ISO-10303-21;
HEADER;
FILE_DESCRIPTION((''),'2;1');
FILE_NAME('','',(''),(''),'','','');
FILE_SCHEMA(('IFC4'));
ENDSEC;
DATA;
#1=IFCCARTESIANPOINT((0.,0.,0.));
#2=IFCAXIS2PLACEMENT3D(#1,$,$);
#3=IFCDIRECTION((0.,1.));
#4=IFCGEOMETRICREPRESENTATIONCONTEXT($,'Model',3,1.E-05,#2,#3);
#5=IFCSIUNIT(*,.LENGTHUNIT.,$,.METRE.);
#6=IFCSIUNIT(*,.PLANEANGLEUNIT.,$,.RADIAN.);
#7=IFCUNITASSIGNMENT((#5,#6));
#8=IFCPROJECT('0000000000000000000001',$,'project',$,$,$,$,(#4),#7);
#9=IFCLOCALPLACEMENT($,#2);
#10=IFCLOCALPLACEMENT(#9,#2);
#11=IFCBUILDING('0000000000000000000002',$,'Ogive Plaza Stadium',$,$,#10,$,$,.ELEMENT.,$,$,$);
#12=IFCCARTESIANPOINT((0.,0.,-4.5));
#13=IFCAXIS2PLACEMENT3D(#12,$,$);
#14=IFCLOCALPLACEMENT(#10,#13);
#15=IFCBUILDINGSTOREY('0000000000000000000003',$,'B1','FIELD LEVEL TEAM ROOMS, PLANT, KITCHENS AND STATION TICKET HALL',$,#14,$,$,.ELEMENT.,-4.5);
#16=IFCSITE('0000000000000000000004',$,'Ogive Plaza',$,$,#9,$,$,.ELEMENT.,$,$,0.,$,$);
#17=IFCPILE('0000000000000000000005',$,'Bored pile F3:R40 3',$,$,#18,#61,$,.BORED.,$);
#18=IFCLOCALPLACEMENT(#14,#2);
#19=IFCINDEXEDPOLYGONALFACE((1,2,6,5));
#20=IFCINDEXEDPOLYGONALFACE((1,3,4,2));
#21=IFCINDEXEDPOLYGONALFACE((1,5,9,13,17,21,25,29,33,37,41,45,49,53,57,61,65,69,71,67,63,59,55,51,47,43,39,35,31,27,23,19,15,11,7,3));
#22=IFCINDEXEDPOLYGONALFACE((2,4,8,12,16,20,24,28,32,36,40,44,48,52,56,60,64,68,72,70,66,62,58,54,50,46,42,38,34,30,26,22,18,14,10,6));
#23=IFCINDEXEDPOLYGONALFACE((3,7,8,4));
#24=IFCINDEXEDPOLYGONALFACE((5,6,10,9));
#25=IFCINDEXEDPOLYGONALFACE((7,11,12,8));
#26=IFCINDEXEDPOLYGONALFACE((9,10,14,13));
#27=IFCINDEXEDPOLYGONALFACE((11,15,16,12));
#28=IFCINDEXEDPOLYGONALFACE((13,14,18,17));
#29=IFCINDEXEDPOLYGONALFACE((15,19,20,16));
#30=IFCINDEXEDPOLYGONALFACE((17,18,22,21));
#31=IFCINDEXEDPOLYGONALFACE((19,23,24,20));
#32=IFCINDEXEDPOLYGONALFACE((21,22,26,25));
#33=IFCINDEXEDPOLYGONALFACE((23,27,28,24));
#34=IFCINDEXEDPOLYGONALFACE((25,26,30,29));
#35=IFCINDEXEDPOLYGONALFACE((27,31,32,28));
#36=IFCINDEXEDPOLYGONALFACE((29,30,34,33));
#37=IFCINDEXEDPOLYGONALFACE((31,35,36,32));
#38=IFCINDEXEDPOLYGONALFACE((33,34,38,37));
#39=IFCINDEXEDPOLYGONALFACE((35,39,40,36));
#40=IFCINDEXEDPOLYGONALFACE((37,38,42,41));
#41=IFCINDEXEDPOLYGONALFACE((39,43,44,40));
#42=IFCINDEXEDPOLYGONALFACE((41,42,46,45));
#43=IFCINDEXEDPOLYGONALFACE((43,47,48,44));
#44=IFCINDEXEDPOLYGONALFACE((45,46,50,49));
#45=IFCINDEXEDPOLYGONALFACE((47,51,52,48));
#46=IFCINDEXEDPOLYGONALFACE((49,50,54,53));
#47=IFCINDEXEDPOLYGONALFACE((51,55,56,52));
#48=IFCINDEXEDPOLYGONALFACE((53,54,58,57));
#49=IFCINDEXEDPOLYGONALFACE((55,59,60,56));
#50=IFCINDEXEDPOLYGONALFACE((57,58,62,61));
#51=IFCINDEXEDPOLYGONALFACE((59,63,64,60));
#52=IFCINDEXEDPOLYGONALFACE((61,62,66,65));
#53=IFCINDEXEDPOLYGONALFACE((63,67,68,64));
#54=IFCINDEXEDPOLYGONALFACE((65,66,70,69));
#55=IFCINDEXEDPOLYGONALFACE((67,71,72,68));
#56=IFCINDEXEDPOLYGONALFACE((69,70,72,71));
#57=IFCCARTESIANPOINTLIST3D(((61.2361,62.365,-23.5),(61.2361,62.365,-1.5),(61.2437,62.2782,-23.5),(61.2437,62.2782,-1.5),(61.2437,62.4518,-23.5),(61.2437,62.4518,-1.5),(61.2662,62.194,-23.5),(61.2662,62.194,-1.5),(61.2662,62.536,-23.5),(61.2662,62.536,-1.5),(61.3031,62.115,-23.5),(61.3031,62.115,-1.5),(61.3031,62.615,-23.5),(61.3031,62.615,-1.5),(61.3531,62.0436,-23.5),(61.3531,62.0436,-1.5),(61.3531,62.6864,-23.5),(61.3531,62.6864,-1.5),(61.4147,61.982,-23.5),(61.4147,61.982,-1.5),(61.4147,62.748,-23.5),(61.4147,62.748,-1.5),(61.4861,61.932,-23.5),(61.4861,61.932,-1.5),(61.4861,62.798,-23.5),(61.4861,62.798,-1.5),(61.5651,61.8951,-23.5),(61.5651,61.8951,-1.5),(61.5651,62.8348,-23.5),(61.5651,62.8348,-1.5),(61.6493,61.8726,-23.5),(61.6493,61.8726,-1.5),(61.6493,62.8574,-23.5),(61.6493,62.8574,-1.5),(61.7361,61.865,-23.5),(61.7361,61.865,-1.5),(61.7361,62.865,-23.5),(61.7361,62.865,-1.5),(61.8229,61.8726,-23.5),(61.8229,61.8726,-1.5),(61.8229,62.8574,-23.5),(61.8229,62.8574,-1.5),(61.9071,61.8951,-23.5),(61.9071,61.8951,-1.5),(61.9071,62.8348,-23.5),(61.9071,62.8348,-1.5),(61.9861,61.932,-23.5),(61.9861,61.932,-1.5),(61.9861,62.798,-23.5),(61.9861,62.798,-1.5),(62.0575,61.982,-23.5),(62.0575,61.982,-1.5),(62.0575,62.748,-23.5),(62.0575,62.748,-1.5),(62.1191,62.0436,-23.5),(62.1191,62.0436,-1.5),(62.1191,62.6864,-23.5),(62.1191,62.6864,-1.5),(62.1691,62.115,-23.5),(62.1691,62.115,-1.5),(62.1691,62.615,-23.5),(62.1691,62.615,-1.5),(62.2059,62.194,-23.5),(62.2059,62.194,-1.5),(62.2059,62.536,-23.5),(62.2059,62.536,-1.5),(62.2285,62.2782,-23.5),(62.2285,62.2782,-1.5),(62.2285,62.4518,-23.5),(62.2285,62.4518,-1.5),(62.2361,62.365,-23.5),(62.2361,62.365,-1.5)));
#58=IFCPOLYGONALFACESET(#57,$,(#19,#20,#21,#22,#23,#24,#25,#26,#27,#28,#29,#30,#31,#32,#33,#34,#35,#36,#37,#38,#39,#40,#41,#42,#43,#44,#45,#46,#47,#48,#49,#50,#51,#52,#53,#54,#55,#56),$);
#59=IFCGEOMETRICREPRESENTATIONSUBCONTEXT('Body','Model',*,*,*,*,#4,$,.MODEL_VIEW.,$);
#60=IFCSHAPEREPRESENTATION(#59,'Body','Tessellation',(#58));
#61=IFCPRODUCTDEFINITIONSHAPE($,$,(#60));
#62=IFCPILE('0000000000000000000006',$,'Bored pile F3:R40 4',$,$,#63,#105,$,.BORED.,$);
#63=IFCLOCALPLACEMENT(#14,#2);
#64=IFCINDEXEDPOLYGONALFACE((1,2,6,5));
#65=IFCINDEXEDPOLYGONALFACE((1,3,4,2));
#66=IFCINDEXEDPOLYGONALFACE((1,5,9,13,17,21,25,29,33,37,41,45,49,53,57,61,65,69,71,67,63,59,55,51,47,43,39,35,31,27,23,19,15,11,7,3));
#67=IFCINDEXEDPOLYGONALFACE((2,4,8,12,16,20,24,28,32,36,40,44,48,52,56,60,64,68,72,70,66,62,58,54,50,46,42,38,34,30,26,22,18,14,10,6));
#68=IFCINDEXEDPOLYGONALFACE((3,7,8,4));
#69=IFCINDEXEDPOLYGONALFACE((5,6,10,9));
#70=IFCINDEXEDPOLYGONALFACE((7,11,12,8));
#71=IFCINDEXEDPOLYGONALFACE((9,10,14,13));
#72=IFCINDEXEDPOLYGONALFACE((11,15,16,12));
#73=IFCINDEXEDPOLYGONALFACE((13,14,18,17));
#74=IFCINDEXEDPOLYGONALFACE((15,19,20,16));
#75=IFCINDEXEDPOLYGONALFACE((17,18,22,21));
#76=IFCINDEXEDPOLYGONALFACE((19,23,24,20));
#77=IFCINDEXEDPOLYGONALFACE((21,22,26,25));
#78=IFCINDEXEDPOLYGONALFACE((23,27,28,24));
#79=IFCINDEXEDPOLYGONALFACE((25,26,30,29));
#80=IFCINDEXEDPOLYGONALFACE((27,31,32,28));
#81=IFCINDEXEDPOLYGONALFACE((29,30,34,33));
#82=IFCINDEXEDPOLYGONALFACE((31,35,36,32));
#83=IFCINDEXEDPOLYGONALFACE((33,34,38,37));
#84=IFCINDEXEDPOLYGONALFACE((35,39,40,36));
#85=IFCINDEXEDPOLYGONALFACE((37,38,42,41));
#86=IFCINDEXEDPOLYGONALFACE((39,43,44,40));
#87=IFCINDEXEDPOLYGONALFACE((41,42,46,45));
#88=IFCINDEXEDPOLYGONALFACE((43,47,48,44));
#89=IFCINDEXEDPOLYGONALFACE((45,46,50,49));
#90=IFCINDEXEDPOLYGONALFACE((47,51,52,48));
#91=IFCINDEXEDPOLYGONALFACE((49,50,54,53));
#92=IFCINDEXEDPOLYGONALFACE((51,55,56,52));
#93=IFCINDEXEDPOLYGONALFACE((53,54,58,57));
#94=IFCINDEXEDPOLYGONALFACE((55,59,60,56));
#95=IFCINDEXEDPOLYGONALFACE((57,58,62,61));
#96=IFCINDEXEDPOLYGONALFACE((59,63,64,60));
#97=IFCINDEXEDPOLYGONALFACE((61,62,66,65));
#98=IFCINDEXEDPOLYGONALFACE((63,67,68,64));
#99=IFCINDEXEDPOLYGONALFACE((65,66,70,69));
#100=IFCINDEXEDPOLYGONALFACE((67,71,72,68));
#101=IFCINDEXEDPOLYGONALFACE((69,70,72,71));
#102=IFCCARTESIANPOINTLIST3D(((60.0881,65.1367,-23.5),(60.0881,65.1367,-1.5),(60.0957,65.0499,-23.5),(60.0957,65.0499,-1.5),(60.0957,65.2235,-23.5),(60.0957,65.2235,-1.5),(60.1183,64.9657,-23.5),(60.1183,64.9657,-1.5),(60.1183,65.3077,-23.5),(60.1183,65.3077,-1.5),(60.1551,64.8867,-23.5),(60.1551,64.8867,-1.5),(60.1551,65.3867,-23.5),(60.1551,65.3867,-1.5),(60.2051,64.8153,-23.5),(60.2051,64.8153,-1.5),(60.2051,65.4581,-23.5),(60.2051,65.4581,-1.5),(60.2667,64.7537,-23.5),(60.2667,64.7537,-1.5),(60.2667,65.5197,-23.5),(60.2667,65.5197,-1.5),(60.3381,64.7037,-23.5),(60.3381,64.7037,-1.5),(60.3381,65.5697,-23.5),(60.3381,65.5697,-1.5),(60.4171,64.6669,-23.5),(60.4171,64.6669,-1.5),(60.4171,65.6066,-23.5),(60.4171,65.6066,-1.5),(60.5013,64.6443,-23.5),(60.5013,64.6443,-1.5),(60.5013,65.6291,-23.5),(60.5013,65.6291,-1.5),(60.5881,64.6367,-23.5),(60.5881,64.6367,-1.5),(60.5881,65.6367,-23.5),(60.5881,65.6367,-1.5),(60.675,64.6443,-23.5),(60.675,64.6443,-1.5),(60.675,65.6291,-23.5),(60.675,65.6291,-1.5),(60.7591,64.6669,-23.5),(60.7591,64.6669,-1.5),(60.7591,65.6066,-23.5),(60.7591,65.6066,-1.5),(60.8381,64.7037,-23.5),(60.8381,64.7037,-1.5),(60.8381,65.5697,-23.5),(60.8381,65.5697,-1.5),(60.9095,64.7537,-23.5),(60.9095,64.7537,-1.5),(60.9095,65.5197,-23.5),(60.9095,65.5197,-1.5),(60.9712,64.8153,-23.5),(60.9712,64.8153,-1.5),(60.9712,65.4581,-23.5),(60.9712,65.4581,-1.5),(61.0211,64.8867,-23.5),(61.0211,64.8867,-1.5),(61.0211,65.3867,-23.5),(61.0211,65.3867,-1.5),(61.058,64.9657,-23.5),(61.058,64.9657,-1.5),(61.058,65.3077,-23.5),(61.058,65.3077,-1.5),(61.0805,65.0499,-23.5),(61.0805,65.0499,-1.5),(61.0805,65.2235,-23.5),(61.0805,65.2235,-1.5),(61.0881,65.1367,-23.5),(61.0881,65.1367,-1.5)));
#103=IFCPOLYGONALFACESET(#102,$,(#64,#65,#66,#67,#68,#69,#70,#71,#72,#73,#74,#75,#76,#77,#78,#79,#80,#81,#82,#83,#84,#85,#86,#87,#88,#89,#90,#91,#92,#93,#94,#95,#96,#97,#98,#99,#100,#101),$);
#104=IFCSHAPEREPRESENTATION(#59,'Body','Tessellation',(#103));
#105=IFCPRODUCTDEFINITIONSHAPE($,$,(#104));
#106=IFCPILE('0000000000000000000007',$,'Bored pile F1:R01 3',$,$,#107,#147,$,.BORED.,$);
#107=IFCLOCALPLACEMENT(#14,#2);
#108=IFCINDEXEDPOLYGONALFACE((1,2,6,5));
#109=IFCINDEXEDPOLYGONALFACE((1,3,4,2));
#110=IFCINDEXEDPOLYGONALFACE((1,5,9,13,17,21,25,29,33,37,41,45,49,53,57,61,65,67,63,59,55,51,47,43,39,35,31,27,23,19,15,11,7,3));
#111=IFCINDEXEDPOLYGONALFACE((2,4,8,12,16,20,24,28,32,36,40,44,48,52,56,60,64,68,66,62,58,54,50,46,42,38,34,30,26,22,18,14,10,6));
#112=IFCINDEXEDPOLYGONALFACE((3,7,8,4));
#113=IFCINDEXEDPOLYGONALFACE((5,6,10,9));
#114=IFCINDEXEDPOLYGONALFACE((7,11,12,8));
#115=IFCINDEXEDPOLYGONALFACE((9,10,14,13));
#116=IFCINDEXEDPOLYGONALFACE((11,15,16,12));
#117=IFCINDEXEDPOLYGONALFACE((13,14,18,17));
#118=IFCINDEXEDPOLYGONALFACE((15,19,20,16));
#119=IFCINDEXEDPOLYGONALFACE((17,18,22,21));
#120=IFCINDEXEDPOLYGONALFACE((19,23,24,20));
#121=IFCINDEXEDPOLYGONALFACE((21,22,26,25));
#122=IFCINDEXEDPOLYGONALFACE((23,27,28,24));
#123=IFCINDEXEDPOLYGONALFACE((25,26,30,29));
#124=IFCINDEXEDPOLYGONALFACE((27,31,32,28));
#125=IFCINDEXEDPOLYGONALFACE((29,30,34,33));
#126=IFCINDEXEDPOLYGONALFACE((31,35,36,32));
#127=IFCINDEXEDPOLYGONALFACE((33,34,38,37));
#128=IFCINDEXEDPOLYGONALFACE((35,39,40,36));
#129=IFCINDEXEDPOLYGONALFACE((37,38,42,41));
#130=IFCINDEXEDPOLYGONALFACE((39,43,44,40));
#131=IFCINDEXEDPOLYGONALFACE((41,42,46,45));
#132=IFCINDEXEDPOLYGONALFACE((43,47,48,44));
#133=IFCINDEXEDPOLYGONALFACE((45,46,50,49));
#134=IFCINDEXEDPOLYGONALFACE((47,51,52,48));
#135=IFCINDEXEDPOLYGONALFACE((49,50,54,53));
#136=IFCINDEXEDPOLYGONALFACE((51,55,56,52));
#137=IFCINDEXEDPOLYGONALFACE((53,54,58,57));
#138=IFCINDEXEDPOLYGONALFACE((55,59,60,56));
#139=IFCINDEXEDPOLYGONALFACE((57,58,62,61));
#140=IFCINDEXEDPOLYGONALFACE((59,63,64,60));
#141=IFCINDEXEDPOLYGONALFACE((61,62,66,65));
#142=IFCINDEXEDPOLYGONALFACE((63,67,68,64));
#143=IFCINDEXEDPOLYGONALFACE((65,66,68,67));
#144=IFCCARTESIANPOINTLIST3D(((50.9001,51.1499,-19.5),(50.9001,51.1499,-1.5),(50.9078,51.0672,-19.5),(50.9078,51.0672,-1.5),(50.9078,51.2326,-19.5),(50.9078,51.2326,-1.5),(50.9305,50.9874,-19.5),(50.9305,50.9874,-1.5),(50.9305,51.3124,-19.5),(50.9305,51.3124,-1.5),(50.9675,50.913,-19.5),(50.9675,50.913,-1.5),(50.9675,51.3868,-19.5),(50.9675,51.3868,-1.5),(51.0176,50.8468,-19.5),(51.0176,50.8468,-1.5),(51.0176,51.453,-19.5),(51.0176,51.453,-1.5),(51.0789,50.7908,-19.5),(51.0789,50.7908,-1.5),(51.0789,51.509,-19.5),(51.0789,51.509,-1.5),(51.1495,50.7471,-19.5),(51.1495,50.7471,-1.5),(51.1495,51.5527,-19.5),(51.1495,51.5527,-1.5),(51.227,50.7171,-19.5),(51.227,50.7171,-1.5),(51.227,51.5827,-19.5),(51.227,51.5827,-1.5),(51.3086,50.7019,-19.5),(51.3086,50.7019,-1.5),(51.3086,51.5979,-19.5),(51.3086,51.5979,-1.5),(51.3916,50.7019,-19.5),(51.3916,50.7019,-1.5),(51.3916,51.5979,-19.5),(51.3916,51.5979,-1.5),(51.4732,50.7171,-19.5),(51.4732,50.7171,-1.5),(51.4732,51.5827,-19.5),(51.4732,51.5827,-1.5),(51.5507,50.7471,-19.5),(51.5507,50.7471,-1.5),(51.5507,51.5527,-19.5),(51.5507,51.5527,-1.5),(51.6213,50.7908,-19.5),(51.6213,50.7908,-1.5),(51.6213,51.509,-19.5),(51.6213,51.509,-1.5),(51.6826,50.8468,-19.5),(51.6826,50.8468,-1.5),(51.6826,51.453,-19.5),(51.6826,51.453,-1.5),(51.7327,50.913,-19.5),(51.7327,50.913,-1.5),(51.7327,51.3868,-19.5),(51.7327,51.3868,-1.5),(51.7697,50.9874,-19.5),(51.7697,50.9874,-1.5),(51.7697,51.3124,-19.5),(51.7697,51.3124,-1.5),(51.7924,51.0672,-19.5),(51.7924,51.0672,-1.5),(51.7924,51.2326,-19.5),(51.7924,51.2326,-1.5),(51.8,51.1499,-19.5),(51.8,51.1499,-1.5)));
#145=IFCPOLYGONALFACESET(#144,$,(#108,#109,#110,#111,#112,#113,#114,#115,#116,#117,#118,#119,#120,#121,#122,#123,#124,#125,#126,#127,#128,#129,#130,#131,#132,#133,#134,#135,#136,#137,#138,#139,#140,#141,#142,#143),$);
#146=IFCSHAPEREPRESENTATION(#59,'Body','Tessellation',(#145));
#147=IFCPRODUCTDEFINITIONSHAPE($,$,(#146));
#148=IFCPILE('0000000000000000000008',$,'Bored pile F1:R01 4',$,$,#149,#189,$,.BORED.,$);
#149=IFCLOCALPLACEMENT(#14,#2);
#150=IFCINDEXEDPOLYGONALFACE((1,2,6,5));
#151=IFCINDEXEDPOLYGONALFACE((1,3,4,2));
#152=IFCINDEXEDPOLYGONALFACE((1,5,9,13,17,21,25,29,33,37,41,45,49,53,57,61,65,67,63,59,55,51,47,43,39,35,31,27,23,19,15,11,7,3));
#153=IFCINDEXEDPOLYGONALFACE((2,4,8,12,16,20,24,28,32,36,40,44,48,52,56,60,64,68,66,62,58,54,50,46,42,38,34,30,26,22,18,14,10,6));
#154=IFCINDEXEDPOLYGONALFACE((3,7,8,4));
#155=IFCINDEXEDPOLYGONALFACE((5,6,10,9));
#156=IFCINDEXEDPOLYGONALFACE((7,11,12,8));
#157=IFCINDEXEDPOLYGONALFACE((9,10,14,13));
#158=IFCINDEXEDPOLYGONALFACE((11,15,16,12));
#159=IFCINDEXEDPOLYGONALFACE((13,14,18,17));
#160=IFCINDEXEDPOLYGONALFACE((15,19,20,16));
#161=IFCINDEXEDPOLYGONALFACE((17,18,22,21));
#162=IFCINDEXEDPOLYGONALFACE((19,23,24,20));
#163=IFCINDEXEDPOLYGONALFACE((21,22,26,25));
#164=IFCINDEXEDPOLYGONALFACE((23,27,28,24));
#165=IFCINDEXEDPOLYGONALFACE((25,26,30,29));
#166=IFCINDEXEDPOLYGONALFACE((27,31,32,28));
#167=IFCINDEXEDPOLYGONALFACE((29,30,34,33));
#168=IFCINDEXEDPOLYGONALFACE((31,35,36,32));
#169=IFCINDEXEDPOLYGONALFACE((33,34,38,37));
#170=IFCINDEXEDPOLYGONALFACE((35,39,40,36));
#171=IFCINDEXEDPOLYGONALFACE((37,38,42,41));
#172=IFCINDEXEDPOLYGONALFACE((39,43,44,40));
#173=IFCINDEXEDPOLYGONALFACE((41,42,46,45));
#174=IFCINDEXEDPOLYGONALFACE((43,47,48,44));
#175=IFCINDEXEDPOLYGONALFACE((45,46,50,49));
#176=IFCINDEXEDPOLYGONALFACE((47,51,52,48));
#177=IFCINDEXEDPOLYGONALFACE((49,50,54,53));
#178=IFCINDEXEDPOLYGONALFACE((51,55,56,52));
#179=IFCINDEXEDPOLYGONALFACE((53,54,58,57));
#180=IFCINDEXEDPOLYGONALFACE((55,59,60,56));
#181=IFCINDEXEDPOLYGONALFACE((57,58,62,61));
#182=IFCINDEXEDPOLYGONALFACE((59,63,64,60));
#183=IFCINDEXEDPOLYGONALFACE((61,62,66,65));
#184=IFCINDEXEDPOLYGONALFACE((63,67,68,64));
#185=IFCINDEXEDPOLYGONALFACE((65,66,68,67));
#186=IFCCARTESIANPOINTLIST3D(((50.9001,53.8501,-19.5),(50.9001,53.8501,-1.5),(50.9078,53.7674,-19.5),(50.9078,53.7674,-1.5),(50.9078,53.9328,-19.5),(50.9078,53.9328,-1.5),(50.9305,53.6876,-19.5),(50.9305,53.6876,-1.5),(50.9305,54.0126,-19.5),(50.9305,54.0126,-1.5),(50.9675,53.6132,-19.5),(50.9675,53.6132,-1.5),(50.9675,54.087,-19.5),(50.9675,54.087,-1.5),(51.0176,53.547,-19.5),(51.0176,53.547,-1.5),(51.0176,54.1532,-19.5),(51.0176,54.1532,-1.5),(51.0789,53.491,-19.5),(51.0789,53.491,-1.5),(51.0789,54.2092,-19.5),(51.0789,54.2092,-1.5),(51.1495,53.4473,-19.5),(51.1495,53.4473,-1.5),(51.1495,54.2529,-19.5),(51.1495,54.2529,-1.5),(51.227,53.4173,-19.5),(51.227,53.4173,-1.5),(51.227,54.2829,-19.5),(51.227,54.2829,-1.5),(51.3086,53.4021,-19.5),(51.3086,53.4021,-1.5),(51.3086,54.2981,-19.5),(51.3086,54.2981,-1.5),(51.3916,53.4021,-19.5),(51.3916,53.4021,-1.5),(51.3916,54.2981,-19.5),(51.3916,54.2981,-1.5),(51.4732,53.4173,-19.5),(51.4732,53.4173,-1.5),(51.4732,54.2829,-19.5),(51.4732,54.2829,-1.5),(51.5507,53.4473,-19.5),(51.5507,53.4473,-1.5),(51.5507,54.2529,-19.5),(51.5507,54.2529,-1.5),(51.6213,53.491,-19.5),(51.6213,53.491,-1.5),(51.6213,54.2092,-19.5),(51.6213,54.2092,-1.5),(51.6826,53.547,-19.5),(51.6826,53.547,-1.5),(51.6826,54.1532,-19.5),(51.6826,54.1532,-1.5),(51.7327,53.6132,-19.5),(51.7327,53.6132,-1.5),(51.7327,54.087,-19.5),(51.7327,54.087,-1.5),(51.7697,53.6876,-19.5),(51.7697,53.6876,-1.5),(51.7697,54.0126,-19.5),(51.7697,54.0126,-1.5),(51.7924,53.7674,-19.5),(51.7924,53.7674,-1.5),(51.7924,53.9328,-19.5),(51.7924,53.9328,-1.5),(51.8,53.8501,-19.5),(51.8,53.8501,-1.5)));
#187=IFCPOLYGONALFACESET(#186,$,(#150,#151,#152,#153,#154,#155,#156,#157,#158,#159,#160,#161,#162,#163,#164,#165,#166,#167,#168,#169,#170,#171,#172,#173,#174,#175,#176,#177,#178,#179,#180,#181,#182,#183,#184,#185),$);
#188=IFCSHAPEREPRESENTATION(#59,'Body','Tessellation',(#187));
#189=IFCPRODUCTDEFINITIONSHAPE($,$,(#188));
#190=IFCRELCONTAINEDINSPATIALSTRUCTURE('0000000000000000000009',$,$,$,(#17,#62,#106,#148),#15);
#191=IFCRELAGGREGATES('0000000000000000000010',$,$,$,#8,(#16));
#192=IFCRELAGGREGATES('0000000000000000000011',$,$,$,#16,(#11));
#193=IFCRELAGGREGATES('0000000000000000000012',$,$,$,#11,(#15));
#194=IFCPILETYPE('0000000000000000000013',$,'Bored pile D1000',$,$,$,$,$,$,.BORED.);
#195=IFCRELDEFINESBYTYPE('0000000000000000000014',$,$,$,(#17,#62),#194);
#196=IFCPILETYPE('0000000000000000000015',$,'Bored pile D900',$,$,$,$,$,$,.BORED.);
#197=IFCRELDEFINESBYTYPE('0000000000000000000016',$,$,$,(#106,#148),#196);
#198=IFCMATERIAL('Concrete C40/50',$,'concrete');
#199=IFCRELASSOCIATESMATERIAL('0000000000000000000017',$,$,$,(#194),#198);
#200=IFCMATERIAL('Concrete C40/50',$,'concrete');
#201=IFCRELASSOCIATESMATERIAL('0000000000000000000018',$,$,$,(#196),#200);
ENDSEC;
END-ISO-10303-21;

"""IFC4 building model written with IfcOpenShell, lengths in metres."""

from ifc_helpers import new_model, si_unit, direction, frame, origin, origin_2d, place, context, subcontext, project, spatial, circle, extrude, material, material_profile, profile_set, type_object, element, save


model = new_model("IFC4")

# Units and contexts
model_context = context("Model", 3, precision=1e-05, world=origin(), true_north=direction((0.0, 1.0)))
body_context = subcontext(model_context, "Body", "Model", "MODEL_VIEW")
ifc_project = project(units=[si_unit("LENGTHUNIT", "METRE"), si_unit("PLANEANGLEUNIT", "RADIAN")], contexts=[model_context])

# Site, building, storey
site_placement = place(None, origin())
site = spatial("IfcSite", under=ifc_project, at=site_placement, Name="Ogive Plaza", CompositionType="ELEMENT", RefElevation=0.0)
building_placement = place(site_placement, origin())
building = spatial("IfcBuilding", under=site, at=building_placement, Name="Ogive Plaza Stadium", CompositionType="ELEMENT")
storey_placement = place(building_placement, frame((0.0, 0.0, -4.5)))
storey = spatial("IfcBuildingStorey", under=building, at=storey_placement, Name="B1", Description="FIELD LEVEL TEAM ROOMS, PLANT, KITCHENS AND STATION TICKET HALL", CompositionType="ELEMENT", Elevation=-4.5)

# Piles
ifc_material_1 = material(Name="Concrete C40/50", Category="concrete")
ifc_material_profile_1 = material_profile(ifc_material_1, circle(Radius=0.5, at=origin_2d()), Name="RC D1000")
ifc_profile_set_1 = profile_set([ifc_material_profile_1], Name="Concrete C40/50")
pile_type_1 = type_object("IfcPileType", Name="Bored pile D1000", PredefinedType="BORED", material=ifc_profile_set_1)
for number, where, z_axis, x_axis, name in (
    (1, (61.7361, 62.365, -1.5), (0.0, 0.0, -1.0), (1.0, 0.0, 0.0), "Bored pile F3:R40 3"),
    (2, (60.5881, 65.1367, -1.5), (0.0, 0.0, -1.0), (1.0, 0.0, 0.0), "Bored pile F3:R40 4"),
):
    element("IfcPile", number, at=place(storey_placement, frame(where, z_axis=z_axis, x_axis=x_axis)), inside=storey, type_object=pile_type_1, Name=name, PredefinedType="BORED", context=body_context, shape_type="SweptSolid", body=[
        extrude(circle(Radius=0.5, at=origin_2d()), origin(), (0.0, 0.0, 1.0), 22.0),
    ])
ifc_material_2 = material(Name="Concrete C40/50", Category="concrete")
ifc_material_profile_2 = material_profile(ifc_material_2, circle(Radius=0.45, at=origin_2d()), Name="RC D900")
ifc_profile_set_2 = profile_set([ifc_material_profile_2], Name="Concrete C40/50")
pile_type_2 = type_object("IfcPileType", Name="Bored pile D900", PredefinedType="BORED", material=ifc_profile_set_2)
for number, where, z_axis, x_axis, name in (
    (3, (51.3501, 51.1499, -1.5), (0.0, 0.0, -1.0), (1.0, 0.0, 0.0), "Bored pile F1:R01 3"),
    (4, (51.3501, 53.8501, -1.5), (0.0, 0.0, -1.0), (1.0, 0.0, 0.0), "Bored pile F1:R01 4"),
):
    element("IfcPile", number, at=place(storey_placement, frame(where, z_axis=z_axis, x_axis=x_axis)), inside=storey, type_object=pile_type_2, Name=name, PredefinedType="BORED", context=body_context, shape_type="SweptSolid", body=[
        extrude(circle(Radius=0.45, at=origin_2d()), origin(), (0.0, 0.0, 1.0), 18.0),
    ])

save(model, "model.ifc")
